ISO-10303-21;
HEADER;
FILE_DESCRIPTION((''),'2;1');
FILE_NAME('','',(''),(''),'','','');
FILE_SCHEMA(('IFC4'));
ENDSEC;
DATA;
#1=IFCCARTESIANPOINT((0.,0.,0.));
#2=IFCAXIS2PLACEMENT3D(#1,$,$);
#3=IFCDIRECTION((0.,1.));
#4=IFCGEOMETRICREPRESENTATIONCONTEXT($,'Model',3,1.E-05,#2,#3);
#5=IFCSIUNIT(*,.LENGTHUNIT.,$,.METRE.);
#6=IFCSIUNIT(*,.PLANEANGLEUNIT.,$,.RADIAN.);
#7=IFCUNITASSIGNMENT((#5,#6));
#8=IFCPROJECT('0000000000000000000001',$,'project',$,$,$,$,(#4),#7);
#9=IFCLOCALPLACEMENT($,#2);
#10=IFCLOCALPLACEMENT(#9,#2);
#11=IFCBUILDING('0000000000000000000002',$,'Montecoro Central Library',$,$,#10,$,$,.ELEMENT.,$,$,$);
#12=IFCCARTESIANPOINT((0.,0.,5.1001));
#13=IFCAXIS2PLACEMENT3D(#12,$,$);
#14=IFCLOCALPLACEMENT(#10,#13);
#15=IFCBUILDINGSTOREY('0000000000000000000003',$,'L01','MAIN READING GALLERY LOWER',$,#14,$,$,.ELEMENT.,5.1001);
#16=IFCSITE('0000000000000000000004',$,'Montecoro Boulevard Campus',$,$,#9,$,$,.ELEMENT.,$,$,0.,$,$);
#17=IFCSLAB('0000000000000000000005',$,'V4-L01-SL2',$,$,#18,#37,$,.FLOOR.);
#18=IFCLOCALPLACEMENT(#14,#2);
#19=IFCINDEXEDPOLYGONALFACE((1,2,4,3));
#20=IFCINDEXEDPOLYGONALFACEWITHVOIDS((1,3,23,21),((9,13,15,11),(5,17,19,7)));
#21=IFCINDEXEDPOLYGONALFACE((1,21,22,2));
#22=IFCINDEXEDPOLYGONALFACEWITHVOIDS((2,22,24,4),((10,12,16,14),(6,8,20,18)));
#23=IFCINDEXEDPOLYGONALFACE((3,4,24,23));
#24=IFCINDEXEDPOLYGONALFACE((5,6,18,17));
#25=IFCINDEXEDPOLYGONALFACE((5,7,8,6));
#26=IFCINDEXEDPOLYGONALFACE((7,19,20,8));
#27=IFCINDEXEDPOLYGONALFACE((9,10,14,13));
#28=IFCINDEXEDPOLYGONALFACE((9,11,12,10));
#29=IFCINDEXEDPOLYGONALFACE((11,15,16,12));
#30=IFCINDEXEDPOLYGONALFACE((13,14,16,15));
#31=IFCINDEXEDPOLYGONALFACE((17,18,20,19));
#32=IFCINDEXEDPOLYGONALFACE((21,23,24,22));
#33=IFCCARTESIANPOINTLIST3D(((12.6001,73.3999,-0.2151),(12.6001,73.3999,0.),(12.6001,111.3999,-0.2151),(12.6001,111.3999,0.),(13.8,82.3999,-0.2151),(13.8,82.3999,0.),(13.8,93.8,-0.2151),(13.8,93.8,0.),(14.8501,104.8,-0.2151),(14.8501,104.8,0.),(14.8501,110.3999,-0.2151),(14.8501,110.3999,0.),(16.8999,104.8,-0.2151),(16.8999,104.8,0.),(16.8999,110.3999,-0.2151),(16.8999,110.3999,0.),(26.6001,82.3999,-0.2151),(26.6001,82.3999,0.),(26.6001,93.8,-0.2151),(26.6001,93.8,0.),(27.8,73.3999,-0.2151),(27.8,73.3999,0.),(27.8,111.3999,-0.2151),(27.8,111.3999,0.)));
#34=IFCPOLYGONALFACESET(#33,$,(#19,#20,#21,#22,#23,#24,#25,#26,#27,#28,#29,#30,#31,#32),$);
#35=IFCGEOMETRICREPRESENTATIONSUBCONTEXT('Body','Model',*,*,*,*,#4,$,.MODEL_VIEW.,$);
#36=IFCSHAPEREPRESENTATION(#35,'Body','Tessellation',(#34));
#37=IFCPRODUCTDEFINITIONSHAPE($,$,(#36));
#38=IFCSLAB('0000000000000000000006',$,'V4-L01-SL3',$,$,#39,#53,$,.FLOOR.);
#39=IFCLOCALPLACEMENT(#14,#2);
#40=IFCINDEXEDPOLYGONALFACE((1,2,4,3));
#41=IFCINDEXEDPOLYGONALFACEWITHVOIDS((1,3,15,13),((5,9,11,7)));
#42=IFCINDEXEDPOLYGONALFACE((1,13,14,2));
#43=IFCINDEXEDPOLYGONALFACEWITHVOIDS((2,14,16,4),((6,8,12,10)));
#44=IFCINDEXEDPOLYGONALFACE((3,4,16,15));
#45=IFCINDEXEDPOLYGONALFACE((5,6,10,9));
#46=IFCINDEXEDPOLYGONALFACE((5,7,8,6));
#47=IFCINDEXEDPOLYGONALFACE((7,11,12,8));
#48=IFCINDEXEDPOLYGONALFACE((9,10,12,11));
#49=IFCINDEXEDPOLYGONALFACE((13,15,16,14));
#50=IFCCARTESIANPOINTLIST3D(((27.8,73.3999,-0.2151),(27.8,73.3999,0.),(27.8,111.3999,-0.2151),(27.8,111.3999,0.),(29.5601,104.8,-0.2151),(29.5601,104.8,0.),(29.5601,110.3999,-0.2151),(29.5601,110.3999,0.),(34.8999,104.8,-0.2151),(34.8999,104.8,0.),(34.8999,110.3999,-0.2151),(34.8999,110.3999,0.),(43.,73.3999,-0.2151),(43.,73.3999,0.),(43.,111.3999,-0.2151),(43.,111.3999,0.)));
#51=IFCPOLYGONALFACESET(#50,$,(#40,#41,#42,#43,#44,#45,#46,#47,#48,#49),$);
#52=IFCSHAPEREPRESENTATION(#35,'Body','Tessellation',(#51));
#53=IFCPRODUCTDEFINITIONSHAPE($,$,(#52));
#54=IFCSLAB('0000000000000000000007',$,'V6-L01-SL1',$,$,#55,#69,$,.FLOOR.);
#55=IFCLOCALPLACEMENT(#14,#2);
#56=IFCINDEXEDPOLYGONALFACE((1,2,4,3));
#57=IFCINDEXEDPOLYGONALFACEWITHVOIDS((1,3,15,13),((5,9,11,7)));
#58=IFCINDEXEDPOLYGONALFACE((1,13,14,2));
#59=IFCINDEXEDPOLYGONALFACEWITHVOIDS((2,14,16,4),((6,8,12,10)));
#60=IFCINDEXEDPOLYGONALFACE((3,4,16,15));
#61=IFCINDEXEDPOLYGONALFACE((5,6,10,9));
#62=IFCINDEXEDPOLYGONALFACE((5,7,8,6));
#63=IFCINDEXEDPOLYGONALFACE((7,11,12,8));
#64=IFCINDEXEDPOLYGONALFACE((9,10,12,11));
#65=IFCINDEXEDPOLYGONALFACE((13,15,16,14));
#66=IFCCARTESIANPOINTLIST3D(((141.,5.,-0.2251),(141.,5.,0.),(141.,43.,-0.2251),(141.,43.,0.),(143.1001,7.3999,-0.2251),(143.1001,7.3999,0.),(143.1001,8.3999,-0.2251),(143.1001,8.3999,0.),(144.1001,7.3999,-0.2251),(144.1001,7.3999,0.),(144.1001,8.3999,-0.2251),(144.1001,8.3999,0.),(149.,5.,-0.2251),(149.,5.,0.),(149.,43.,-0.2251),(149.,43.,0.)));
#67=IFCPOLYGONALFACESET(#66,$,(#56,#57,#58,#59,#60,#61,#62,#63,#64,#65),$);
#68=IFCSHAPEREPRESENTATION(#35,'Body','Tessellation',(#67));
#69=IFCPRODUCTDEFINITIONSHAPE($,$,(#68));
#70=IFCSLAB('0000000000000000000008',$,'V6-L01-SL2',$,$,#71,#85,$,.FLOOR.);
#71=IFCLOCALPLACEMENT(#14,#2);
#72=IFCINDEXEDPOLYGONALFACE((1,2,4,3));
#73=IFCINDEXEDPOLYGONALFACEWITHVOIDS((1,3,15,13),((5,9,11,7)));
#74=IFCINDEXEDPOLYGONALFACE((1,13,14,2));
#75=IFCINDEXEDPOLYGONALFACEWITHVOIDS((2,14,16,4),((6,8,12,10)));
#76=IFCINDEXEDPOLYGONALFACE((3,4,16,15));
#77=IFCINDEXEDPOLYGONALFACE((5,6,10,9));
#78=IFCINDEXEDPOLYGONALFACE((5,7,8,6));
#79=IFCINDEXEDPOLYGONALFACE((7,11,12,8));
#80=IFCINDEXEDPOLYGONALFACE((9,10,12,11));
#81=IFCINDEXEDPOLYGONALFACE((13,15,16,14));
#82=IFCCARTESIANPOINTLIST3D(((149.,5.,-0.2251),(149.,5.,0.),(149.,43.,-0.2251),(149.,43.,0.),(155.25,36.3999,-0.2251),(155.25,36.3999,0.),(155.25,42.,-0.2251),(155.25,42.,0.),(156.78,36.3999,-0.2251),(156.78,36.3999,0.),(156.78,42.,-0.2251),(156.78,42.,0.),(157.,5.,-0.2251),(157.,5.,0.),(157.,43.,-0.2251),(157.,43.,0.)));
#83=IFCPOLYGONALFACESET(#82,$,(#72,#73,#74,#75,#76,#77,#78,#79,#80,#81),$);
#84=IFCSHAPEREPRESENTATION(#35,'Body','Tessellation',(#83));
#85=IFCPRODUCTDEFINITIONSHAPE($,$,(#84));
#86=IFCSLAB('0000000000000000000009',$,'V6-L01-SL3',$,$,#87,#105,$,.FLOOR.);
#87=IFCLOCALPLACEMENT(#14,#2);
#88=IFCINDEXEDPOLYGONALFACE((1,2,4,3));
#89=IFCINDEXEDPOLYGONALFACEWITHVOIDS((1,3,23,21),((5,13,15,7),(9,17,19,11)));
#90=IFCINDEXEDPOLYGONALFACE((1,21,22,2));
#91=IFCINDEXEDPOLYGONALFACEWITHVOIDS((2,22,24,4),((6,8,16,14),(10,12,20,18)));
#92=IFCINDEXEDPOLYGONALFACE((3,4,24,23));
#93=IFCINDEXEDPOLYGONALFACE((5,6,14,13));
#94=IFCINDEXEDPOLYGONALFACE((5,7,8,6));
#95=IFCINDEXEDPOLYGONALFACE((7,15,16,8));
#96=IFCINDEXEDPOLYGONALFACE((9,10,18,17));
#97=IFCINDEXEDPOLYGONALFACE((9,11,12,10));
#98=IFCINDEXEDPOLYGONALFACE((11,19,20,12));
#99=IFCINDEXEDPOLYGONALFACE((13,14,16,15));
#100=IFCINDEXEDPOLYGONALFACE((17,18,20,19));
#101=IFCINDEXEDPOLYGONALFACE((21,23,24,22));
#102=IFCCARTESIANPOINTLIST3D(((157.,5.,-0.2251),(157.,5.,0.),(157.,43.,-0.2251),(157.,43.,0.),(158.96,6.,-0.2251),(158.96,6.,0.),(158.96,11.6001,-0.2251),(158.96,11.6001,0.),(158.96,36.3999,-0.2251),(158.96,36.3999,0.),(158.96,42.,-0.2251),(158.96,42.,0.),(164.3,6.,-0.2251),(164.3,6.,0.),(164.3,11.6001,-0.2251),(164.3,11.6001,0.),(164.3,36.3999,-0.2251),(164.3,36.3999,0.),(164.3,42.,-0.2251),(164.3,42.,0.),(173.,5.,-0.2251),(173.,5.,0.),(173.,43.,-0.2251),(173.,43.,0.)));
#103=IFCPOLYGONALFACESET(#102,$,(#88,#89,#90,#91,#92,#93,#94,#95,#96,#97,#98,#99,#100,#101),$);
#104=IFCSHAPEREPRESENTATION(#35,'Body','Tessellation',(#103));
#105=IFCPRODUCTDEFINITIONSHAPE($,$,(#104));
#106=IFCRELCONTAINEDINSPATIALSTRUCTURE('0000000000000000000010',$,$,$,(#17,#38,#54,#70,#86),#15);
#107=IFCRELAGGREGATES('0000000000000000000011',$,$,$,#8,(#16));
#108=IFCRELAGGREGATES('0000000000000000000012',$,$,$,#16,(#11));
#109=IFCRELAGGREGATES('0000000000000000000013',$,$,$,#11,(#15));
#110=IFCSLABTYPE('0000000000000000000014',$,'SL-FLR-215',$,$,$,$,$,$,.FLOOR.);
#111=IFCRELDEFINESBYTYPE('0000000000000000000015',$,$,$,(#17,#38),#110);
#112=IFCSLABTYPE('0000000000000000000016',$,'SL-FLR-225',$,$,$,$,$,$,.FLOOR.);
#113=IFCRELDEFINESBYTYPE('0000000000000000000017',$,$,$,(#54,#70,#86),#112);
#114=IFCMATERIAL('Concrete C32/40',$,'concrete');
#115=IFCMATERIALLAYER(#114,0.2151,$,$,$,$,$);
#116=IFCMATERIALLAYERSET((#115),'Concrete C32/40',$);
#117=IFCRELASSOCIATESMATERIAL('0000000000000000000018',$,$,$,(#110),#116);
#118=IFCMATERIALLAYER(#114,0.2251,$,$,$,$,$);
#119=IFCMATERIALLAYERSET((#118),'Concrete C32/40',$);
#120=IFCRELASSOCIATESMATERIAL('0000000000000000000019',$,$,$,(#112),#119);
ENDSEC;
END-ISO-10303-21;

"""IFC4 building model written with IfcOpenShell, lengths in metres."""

from ifc_helpers import new_model, si_unit, direction, frame, origin, place, context, subcontext, project, spatial, polyline, outline, extrude, material, layer, layer_set, type_object, element, save


model = new_model("IFC4")

# Units and contexts
model_context = context("Model", 3, precision=1e-05, world=origin(), true_north=direction((0.0, 1.0)))
body_context = subcontext(model_context, "Body", "Model", "MODEL_VIEW")
ifc_project = project(units=[si_unit("LENGTHUNIT", "METRE"), si_unit("PLANEANGLEUNIT", "RADIAN")], contexts=[model_context])

# Site, building, storey
site_placement = place(None, origin())
site = spatial("IfcSite", under=ifc_project, at=site_placement, Name="Montecoro Boulevard Campus", CompositionType="ELEMENT", RefElevation=0.0)
building_placement = place(site_placement, origin())
building = spatial("IfcBuilding", under=site, at=building_placement, Name="Montecoro Central Library", CompositionType="ELEMENT")
storey_placement = place(building_placement, frame((0.0, 0.0, 5.1001)))
storey = spatial("IfcBuildingStorey", under=building, at=storey_placement, Name="L01", Description="MAIN READING GALLERY LOWER", CompositionType="ELEMENT", Elevation=5.1001)

# Slabs
ifc_material_1 = material(Name="Concrete C32/40", Category="concrete")
ifc_layer_1 = layer(ifc_material_1, 0.2151)
ifc_layer_set_1 = layer_set([ifc_layer_1], Name="Concrete C32/40")
slab_type_1 = type_object("IfcSlabType", Name="SL-FLR-215", PredefinedType="FLOOR", material=ifc_layer_set_1)
slab_1_placement = place(storey_placement, frame((0.0, 0.0, -0.2151)))
element("IfcSlab", 1, at=slab_1_placement, inside=storey, type_object=slab_type_1, Name="V4-L01-SL2", PredefinedType="FLOOR", context=body_context, shape_type="SweptSolid", body=[
    extrude(outline(polyline([(12.6001, 73.3999), (27.8, 73.3999), (27.8, 111.3999), (12.6001, 111.3999), (12.6001, 73.3999)]), holes=[polyline([(14.8501, 110.3999), (16.8999, 110.3999), (16.8999, 104.8), (14.8501, 104.8), (14.8501, 110.3999)]), polyline([(13.8, 93.8), (26.6001, 93.8), (26.6001, 82.3999), (13.8, 82.3999), (13.8, 93.8)])]), origin(), (0.0, 0.0, 1.0), 0.2151),
])
slab_2_placement = place(storey_placement, frame((0.0, 0.0, -0.2151)))
element("IfcSlab", 2, at=slab_2_placement, inside=storey, type_object=slab_type_1, Name="V4-L01-SL3", PredefinedType="FLOOR", context=body_context, shape_type="SweptSolid", body=[
    extrude(outline(polyline([(27.8, 73.3999), (43.0, 73.3999), (43.0, 111.3999), (27.8, 111.3999), (27.8, 73.3999)]), holes=[polyline([(29.5601, 110.3999), (34.8999, 110.3999), (34.8999, 104.8), (29.5601, 104.8), (29.5601, 110.3999)])]), origin(), (0.0, 0.0, 1.0), 0.2151),
])
ifc_layer_2 = layer(ifc_material_1, 0.2251)
ifc_layer_set_2 = layer_set([ifc_layer_2], Name="Concrete C32/40")
slab_type_2 = type_object("IfcSlabType", Name="SL-FLR-225", PredefinedType="FLOOR", material=ifc_layer_set_2)
slab_3_placement = place(storey_placement, frame((0.0, 0.0, -0.2251)))
element("IfcSlab", 3, at=slab_3_placement, inside=storey, type_object=slab_type_2, Name="V6-L01-SL1", PredefinedType="FLOOR", context=body_context, shape_type="SweptSolid", body=[
    extrude(outline(polyline([(141.0, 5.0), (149.0, 5.0), (149.0, 43.0), (141.0, 43.0), (141.0, 5.0)]), holes=[polyline([(143.1001, 8.3999), (144.1001, 8.3999), (144.1001, 7.3999), (143.1001, 7.3999), (143.1001, 8.3999)])]), origin(), (0.0, 0.0, 1.0), 0.2251),
])
slab_4_placement = place(storey_placement, frame((0.0, 0.0, -0.2251)))
element("IfcSlab", 4, at=slab_4_placement, inside=storey, type_object=slab_type_2, Name="V6-L01-SL2", PredefinedType="FLOOR", context=body_context, shape_type="SweptSolid", body=[
    extrude(outline(polyline([(149.0, 5.0), (157.0, 5.0), (157.0, 43.0), (149.0, 43.0), (149.0, 5.0)]), holes=[polyline([(155.25, 42.0), (156.78, 42.0), (156.78, 36.3999), (155.25, 36.3999), (155.25, 42.0)])]), origin(), (0.0, 0.0, 1.0), 0.2251),
])
slab_5_placement = place(storey_placement, frame((0.0, 0.0, -0.2251)))
element("IfcSlab", 5, at=slab_5_placement, inside=storey, type_object=slab_type_2, Name="V6-L01-SL3", PredefinedType="FLOOR", context=body_context, shape_type="SweptSolid", body=[
    extrude(outline(polyline([(157.0, 5.0), (173.0, 5.0), (173.0, 43.0), (157.0, 43.0), (157.0, 5.0)]), holes=[polyline([(158.96, 42.0), (164.3, 42.0), (164.3, 36.3999), (158.96, 36.3999), (158.96, 42.0)]), polyline([(158.96, 11.6001), (164.3, 11.6001), (164.3, 6.0), (158.96, 6.0), (158.96, 11.6001)])]), origin(), (0.0, 0.0, 1.0), 0.2251),
])

save(model, "model.ifc")
